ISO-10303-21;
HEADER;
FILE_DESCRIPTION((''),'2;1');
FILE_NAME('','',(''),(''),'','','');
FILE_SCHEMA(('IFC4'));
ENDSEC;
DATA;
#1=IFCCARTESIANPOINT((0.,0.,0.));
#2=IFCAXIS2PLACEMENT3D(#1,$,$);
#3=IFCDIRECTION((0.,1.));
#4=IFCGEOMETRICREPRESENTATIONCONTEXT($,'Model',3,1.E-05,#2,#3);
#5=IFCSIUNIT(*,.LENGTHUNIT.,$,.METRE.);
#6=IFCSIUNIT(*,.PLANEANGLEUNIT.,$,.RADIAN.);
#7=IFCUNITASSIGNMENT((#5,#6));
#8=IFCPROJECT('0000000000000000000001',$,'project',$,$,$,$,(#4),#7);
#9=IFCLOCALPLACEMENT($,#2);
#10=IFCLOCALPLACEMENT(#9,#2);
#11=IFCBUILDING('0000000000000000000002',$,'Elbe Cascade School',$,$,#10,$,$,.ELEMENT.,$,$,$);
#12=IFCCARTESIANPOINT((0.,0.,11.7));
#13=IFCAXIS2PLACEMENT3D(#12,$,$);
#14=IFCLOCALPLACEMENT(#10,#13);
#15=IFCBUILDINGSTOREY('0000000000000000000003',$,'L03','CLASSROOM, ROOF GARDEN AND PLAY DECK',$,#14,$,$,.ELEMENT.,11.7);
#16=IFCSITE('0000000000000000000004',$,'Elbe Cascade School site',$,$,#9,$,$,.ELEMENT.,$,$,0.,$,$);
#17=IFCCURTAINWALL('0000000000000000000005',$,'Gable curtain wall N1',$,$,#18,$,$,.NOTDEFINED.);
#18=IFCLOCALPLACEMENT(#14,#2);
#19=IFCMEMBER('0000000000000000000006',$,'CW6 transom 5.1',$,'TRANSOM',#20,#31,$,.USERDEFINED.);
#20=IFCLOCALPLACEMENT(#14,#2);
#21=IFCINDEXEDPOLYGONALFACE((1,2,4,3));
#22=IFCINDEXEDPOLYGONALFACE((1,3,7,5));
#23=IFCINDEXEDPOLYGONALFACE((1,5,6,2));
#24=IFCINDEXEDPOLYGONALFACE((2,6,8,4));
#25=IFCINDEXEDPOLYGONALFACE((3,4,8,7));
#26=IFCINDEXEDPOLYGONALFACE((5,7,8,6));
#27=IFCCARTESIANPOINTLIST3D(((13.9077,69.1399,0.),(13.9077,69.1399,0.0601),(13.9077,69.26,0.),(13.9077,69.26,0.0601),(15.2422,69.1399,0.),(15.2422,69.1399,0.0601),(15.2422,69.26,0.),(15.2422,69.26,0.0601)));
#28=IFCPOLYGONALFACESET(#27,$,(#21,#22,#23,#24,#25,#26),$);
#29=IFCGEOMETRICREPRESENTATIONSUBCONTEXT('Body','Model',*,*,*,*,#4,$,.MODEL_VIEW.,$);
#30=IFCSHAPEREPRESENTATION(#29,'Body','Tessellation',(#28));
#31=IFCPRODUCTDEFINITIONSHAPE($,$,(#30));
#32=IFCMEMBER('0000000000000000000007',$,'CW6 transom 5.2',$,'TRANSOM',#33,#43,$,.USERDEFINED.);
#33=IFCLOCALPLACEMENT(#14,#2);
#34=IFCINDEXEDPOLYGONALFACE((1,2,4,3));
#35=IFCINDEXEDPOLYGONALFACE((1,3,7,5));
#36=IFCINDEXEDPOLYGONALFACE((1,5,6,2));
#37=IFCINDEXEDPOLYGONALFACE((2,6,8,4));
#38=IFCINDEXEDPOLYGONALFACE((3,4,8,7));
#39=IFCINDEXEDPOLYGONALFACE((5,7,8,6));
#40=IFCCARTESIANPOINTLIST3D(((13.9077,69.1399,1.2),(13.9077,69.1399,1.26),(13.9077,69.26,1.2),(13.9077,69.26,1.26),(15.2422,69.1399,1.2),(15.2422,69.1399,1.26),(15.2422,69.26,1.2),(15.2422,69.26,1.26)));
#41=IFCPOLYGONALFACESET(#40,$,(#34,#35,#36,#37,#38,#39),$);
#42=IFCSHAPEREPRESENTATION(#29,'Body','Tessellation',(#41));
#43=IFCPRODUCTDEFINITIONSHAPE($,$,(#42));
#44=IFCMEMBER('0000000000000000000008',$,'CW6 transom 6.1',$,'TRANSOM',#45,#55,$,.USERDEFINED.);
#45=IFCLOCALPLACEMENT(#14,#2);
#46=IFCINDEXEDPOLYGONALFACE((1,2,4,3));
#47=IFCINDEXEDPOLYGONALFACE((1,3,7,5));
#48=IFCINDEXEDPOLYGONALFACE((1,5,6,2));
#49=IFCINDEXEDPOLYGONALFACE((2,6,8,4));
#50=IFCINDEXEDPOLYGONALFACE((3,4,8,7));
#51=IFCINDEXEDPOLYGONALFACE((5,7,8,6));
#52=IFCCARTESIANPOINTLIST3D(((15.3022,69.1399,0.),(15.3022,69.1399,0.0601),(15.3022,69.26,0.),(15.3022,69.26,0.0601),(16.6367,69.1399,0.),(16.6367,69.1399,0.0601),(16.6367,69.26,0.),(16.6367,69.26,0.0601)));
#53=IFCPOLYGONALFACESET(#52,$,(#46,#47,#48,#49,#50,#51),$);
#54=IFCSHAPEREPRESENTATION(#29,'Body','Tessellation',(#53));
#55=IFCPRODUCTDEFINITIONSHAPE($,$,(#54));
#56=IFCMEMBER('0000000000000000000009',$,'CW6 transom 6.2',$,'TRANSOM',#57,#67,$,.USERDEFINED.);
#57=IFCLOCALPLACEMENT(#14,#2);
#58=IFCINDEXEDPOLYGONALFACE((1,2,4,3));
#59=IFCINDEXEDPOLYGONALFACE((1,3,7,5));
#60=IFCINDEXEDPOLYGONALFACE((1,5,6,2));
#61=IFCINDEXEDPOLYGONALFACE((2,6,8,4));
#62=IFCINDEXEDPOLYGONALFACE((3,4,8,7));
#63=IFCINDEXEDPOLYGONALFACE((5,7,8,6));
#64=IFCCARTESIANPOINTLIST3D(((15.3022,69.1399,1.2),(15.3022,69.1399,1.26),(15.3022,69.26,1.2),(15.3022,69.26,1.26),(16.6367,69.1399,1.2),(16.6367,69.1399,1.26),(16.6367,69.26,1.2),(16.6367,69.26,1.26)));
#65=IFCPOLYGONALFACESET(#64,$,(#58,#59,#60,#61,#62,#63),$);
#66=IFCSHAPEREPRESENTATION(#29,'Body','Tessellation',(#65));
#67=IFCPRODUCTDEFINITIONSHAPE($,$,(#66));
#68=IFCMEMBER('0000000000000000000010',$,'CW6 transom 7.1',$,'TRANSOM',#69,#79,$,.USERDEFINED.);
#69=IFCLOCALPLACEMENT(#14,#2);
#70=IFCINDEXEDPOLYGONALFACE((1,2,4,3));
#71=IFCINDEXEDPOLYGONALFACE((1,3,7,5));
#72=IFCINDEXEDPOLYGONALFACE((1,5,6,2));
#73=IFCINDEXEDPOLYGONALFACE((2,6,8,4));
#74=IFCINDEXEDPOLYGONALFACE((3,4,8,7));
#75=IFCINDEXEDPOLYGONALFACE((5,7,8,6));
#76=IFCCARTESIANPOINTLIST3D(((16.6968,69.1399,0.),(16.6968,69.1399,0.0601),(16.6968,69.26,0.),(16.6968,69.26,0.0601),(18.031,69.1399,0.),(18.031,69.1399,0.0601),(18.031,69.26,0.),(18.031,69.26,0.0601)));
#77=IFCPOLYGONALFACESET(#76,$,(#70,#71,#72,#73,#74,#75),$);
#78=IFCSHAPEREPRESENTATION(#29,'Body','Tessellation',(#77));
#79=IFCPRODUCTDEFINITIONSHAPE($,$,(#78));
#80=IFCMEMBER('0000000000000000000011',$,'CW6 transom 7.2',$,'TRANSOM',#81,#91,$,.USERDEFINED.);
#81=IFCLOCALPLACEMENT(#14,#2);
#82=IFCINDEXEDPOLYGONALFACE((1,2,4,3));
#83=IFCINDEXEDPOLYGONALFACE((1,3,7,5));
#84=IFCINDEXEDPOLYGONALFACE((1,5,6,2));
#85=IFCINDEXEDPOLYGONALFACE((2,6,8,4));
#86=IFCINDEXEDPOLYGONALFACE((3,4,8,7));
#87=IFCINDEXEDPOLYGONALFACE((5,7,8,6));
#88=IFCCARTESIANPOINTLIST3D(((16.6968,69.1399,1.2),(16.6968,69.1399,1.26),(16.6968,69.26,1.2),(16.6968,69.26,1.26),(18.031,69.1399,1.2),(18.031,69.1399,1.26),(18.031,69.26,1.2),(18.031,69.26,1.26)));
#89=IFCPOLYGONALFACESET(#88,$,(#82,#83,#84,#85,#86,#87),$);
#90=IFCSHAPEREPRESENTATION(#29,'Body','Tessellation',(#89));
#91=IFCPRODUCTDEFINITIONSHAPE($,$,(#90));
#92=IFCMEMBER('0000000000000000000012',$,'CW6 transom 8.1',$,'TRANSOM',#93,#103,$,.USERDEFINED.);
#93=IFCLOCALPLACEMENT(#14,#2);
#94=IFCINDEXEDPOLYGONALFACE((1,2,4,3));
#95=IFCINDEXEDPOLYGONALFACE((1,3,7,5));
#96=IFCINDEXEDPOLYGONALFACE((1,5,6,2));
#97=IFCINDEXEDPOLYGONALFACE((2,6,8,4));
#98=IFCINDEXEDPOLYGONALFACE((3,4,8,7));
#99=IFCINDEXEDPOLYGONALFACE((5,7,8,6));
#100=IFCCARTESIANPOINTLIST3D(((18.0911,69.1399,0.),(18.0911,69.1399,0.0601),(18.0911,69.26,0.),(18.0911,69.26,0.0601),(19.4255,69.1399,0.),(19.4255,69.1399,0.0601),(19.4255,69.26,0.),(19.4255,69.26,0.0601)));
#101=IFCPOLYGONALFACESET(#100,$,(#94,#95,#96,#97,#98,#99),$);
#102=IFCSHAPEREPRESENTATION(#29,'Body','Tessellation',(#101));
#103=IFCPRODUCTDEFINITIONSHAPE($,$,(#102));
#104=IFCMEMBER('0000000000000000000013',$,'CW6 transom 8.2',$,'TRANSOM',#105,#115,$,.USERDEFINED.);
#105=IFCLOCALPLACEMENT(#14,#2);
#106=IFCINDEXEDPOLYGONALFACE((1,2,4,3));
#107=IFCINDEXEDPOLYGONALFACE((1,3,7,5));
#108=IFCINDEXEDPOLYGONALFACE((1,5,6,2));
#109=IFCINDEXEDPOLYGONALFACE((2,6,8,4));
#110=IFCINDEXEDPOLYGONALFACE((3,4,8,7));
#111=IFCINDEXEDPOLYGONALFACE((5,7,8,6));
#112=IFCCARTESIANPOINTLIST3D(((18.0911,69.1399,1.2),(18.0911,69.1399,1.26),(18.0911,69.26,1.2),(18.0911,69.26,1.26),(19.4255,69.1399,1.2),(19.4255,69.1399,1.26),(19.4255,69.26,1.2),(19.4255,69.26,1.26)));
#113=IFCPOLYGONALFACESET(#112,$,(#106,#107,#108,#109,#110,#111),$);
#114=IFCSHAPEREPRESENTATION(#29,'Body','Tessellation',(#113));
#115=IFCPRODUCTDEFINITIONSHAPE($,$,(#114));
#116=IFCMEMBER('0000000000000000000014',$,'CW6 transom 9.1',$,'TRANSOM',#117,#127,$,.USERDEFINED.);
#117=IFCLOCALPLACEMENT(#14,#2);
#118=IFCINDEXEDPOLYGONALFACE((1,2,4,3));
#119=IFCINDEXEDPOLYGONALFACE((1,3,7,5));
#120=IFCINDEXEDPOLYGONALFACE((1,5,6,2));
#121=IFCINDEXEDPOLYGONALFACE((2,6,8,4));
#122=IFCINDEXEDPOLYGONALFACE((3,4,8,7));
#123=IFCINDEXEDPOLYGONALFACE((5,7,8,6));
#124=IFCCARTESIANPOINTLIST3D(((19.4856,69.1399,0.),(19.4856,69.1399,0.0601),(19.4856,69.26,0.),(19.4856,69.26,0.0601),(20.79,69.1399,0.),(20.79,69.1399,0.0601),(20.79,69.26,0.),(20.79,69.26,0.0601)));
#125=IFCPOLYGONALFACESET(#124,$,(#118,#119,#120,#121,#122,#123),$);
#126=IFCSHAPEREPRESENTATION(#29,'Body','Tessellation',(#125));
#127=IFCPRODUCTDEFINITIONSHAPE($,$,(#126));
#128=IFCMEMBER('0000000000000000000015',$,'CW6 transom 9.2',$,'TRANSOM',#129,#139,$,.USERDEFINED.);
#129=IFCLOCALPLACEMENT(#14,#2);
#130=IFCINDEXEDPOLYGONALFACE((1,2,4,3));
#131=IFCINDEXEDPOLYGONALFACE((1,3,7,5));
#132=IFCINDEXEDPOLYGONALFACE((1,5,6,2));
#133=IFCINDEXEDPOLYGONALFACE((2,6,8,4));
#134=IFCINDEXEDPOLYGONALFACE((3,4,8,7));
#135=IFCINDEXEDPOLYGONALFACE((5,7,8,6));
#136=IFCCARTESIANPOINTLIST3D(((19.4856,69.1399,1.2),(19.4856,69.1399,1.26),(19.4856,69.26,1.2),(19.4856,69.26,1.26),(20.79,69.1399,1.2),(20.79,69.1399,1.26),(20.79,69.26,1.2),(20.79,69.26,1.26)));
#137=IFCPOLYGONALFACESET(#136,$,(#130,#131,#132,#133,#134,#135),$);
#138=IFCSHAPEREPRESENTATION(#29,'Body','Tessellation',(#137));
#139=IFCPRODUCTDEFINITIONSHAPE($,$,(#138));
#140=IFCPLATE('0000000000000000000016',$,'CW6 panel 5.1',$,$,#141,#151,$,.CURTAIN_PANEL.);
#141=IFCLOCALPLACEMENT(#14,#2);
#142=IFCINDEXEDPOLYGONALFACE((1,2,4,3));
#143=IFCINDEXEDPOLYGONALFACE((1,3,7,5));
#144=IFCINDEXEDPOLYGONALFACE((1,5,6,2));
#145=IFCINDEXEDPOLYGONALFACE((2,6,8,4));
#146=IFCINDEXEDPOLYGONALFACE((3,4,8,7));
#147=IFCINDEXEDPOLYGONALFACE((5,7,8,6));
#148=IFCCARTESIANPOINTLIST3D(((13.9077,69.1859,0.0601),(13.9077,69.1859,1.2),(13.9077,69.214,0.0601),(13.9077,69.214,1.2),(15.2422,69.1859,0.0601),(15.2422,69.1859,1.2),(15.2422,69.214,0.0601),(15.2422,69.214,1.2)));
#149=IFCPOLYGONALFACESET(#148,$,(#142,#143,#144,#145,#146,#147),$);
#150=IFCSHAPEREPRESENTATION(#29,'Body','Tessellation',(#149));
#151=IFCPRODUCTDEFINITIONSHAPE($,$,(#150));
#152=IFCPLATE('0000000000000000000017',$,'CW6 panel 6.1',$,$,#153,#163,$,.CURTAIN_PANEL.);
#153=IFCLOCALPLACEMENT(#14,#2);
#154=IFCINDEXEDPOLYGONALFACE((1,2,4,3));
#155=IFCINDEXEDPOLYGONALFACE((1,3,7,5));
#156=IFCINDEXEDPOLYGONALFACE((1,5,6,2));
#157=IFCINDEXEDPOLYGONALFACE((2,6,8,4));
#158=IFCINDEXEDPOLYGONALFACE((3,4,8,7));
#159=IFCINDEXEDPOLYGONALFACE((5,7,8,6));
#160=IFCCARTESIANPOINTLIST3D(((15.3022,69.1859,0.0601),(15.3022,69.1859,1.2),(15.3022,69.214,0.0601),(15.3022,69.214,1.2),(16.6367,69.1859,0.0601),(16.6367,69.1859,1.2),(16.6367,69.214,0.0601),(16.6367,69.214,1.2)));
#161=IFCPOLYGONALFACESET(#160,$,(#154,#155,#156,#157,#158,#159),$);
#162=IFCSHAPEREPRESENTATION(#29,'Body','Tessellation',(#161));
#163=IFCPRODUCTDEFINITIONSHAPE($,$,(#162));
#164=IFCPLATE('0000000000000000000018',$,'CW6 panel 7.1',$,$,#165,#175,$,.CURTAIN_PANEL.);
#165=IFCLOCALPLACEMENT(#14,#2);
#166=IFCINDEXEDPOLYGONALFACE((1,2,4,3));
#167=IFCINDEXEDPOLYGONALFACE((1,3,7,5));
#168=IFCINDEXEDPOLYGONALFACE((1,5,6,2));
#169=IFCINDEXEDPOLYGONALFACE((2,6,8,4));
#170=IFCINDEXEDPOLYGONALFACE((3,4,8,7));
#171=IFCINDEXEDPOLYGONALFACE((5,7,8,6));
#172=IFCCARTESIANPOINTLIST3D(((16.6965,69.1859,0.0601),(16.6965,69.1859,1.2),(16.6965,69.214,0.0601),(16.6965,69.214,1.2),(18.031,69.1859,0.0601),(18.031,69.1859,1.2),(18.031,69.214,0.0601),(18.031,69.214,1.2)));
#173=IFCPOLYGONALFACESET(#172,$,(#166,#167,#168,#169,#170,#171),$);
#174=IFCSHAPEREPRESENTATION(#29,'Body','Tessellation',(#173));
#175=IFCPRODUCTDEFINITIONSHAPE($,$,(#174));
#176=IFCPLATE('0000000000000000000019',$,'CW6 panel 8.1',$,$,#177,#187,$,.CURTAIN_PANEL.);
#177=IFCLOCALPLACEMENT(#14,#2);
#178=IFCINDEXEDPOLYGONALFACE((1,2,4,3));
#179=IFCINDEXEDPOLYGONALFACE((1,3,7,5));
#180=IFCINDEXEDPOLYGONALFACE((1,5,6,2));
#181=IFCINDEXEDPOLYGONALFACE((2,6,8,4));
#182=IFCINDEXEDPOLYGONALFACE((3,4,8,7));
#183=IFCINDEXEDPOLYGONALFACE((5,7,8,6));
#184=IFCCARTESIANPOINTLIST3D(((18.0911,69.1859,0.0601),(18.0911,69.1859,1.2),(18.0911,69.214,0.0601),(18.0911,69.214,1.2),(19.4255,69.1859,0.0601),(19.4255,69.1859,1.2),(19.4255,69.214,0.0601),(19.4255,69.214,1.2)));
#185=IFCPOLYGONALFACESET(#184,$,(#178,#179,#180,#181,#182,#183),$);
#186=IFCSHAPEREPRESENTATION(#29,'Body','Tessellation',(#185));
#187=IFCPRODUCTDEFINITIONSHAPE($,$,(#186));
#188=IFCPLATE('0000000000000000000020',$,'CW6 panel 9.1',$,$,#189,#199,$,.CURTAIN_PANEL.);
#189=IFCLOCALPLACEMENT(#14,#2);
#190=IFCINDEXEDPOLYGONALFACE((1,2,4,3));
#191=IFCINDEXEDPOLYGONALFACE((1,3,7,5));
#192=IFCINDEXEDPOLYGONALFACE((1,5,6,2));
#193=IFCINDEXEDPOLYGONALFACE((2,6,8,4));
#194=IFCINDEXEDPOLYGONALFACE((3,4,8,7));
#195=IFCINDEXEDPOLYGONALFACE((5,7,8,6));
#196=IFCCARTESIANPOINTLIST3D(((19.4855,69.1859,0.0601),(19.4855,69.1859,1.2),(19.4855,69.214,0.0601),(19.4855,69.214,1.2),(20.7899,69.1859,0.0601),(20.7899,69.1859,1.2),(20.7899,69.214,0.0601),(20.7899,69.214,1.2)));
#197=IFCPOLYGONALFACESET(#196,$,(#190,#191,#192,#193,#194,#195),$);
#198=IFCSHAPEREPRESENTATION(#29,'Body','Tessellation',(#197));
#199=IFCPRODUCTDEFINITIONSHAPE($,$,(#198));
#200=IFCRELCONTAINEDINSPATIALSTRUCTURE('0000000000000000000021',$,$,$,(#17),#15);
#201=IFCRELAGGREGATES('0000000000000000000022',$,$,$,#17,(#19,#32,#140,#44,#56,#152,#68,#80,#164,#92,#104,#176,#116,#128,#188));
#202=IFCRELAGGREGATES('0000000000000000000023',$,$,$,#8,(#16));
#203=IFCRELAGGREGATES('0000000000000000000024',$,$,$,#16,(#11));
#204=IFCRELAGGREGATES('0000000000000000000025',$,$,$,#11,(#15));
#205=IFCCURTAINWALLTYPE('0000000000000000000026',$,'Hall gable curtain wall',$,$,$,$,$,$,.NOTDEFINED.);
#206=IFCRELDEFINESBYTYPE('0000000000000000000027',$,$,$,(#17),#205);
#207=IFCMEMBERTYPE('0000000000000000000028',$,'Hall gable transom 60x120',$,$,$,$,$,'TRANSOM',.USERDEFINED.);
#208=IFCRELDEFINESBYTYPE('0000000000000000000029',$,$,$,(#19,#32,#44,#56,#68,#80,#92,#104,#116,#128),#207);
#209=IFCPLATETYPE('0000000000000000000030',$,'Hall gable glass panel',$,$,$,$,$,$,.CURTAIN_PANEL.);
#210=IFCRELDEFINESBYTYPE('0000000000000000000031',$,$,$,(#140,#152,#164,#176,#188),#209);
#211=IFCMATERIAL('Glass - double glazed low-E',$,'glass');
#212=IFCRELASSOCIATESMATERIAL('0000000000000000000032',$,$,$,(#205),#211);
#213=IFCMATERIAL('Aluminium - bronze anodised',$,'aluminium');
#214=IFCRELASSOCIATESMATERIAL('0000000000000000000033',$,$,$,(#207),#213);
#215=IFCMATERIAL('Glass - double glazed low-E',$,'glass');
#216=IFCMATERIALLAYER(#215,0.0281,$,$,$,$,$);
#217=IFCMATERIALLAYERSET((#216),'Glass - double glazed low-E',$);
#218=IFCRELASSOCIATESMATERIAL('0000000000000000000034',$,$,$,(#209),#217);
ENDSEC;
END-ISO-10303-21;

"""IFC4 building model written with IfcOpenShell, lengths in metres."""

from ifc_helpers import new_model, si_unit, direction, frame, origin, origin_2d, place, context, subcontext, project, spatial, rectangle, extrude, material, layer, layer_set, material_profile, profile_set, type_object, element, aggregate, save


model = new_model("IFC4")

# Units and contexts
model_context = context("Model", 3, precision=1e-05, world=origin(), true_north=direction((0.0, 1.0)))
body_context = subcontext(model_context, "Body", "Model", "MODEL_VIEW")
ifc_project = project(units=[si_unit("LENGTHUNIT", "METRE"), si_unit("PLANEANGLEUNIT", "RADIAN")], contexts=[model_context])

# Site, building, storey
site_placement = place(None, origin())
site = spatial("IfcSite", under=ifc_project, at=site_placement, Name="Elbe Cascade School site", CompositionType="ELEMENT", RefElevation=0.0)
building_placement = place(site_placement, origin())
building = spatial("IfcBuilding", under=site, at=building_placement, Name="Elbe Cascade School", CompositionType="ELEMENT")
storey_placement = place(building_placement, frame((0.0, 0.0, 11.7)))
storey = spatial("IfcBuildingStorey", under=building, at=storey_placement, Name="L03", Description="CLASSROOM, ROOF GARDEN AND PLAY DECK", CompositionType="ELEMENT", Elevation=11.7)

# Curtain wall
ifc_material_1 = material(Name="Glass - double glazed low-E", Category="glass")
curtain_wall_type = type_object("IfcCurtainWallType", Name="Hall gable curtain wall", PredefinedType="NOTDEFINED", material=ifc_material_1)
curtain_wall_1_placement = place(storey_placement, origin())
curtain_wall_1 = element("IfcCurtainWall", 1, at=curtain_wall_1_placement, inside=storey, type_object=curtain_wall_type, Name="Gable curtain wall N1", PredefinedType="NOTDEFINED")

# Members
ifc_material_2 = material(Name="Aluminium - bronze anodised", Category="aluminium")
ifc_material_profile_1 = material_profile(ifc_material_2, rectangle(XDim=0.1201, YDim=0.0601, at=origin_2d()), Name="Alu 60x120")
ifc_profile_set_1 = profile_set([ifc_material_profile_1], Name="Aluminium - bronze anodised")
member_type_1 = type_object("IfcMemberType", Name="Hall gable transom 60x120", ElementType="TRANSOM", PredefinedType="USERDEFINED", material=ifc_profile_set_1)
member_1_placement = place(storey_placement, frame((13.9077, 69.2, 0.03), z_axis=(1.0, 0.0, 0.0), x_axis=(0.0, 1.0, 0.0)))
member_1 = element("IfcMember", 2, at=member_1_placement, type_object=member_type_1, Name="CW6 transom 5.1", ObjectType="TRANSOM", PredefinedType="USERDEFINED", context=body_context, shape_type="SweptSolid", body=[
    extrude(rectangle(XDim=0.1201, YDim=0.0601, at=origin_2d()), origin(), (0.0, 0.0, 1.0), 1.3345),
])
member_2_placement = place(storey_placement, frame((13.9077, 69.2, 1.23), z_axis=(1.0, 0.0, 0.0), x_axis=(0.0, 1.0, 0.0)))
member_2 = element("IfcMember", 3, at=member_2_placement, type_object=member_type_1, Name="CW6 transom 5.2", ObjectType="TRANSOM", PredefinedType="USERDEFINED", context=body_context, shape_type="SweptSolid", body=[
    extrude(rectangle(XDim=0.1201, YDim=0.0601, at=origin_2d()), origin(), (0.0, 0.0, 1.0), 1.3345),
])
member_3_placement = place(storey_placement, frame((15.3022, 69.2, 0.03), z_axis=(1.0, 0.0, 0.0), x_axis=(0.0, 1.0, 0.0)))
member_3 = element("IfcMember", 4, at=member_3_placement, type_object=member_type_1, Name="CW6 transom 6.1", ObjectType="TRANSOM", PredefinedType="USERDEFINED", context=body_context, shape_type="SweptSolid", body=[
    extrude(rectangle(XDim=0.1201, YDim=0.0601, at=origin_2d()), origin(), (0.0, 0.0, 1.0), 1.3345),
])
member_4_placement = place(storey_placement, frame((15.3022, 69.2, 1.23), z_axis=(1.0, 0.0, 0.0), x_axis=(0.0, 1.0, 0.0)))
member_4 = element("IfcMember", 5, at=member_4_placement, type_object=member_type_1, Name="CW6 transom 6.2", ObjectType="TRANSOM", PredefinedType="USERDEFINED", context=body_context, shape_type="SweptSolid", body=[
    extrude(rectangle(XDim=0.1201, YDim=0.0601, at=origin_2d()), origin(), (0.0, 0.0, 1.0), 1.3345),
])
member_5_placement = place(storey_placement, frame((16.6968, 69.2, 0.03), z_axis=(1.0, 0.0, 0.0), x_axis=(0.0, 1.0, 0.0)))
member_5 = element("IfcMember", 6, at=member_5_placement, type_object=member_type_1, Name="CW6 transom 7.1", ObjectType="TRANSOM", PredefinedType="USERDEFINED", context=body_context, shape_type="SweptSolid", body=[
    extrude(rectangle(XDim=0.1201, YDim=0.0601, at=origin_2d()), origin(), (0.0, 0.0, 1.0), 1.3342),
])
member_6_placement = place(storey_placement, frame((16.6968, 69.2, 1.23), z_axis=(1.0, 0.0, 0.0), x_axis=(0.0, 1.0, 0.0)))
member_6 = element("IfcMember", 7, at=member_6_placement, type_object=member_type_1, Name="CW6 transom 7.2", ObjectType="TRANSOM", PredefinedType="USERDEFINED", context=body_context, shape_type="SweptSolid", body=[
    extrude(rectangle(XDim=0.1201, YDim=0.0601, at=origin_2d()), origin(), (0.0, 0.0, 1.0), 1.3342),
])
member_7_placement = place(storey_placement, frame((18.0911, 69.2, 0.03), z_axis=(1.0, 0.0, 0.0), x_axis=(0.0, 1.0, 0.0)))
member_7 = element("IfcMember", 8, at=member_7_placement, type_object=member_type_1, Name="CW6 transom 8.1", ObjectType="TRANSOM", PredefinedType="USERDEFINED", context=body_context, shape_type="SweptSolid", body=[
    extrude(rectangle(XDim=0.1201, YDim=0.0601, at=origin_2d()), origin(), (0.0, 0.0, 1.0), 1.3345),
])
member_8_placement = place(storey_placement, frame((18.0911, 69.2, 1.23), z_axis=(1.0, 0.0, 0.0), x_axis=(0.0, 1.0, 0.0)))
member_8 = element("IfcMember", 9, at=member_8_placement, type_object=member_type_1, Name="CW6 transom 8.2", ObjectType="TRANSOM", PredefinedType="USERDEFINED", context=body_context, shape_type="SweptSolid", body=[
    extrude(rectangle(XDim=0.1201, YDim=0.0601, at=origin_2d()), origin(), (0.0, 0.0, 1.0), 1.3345),
])
member_9_placement = place(storey_placement, frame((19.4856, 69.2, 0.03), z_axis=(1.0, 0.0, 0.0), x_axis=(0.0, 1.0, 0.0)))
member_9 = element("IfcMember", 10, at=member_9_placement, type_object=member_type_1, Name="CW6 transom 9.1", ObjectType="TRANSOM", PredefinedType="USERDEFINED", context=body_context, shape_type="SweptSolid", body=[
    extrude(rectangle(XDim=0.1201, YDim=0.0601, at=origin_2d()), origin(), (0.0, 0.0, 1.0), 1.3044),
])
member_10_placement = place(storey_placement, frame((19.4856, 69.2, 1.23), z_axis=(1.0, 0.0, 0.0), x_axis=(0.0, 1.0, 0.0)))
member_10 = element("IfcMember", 11, at=member_10_placement, type_object=member_type_1, Name="CW6 transom 9.2", ObjectType="TRANSOM", PredefinedType="USERDEFINED", context=body_context, shape_type="SweptSolid", body=[
    extrude(rectangle(XDim=0.1201, YDim=0.0601, at=origin_2d()), origin(), (0.0, 0.0, 1.0), 1.3044),
])

# Plates
ifc_material_3 = material(Name="Glass - double glazed low-E", Category="glass")
ifc_layer_1 = layer(ifc_material_3, 0.0281)
ifc_layer_set_1 = layer_set([ifc_layer_1], Name="Glass - double glazed low-E")
plate_type_1 = type_object("IfcPlateType", Name="Hall gable glass panel", PredefinedType="CURTAIN_PANEL", material=ifc_layer_set_1)
plate_1_placement = place(storey_placement, frame((14.575, 69.2, 0.0601), z_axis=(0.0, 0.0, 1.0), x_axis=(1.0, 0.0, 0.0)))
plate_1 = element("IfcPlate", 12, at=plate_1_placement, type_object=plate_type_1, Name="CW6 panel 5.1", PredefinedType="CURTAIN_PANEL", context=body_context, shape_type="SweptSolid", body=[
    extrude(rectangle(XDim=1.3345, YDim=0.0281, at=origin_2d()), origin(), (0.0, 0.0, 1.0), 1.1399),
])
plate_2_placement = place(storey_placement, frame((15.9695, 69.2, 0.0601), z_axis=(0.0, 0.0, 1.0), x_axis=(1.0, 0.0, 0.0)))
plate_2 = element("IfcPlate", 13, at=plate_2_placement, type_object=plate_type_1, Name="CW6 panel 6.1", PredefinedType="CURTAIN_PANEL", context=body_context, shape_type="SweptSolid", body=[
    extrude(rectangle(XDim=1.3345, YDim=0.0281, at=origin_2d()), origin(), (0.0, 0.0, 1.0), 1.1399),
])
plate_3_placement = place(storey_placement, frame((17.3638, 69.2, 0.0601), z_axis=(0.0, 0.0, 1.0), x_axis=(1.0, 0.0, 0.0)))
plate_3 = element("IfcPlate", 14, at=plate_3_placement, type_object=plate_type_1, Name="CW6 panel 7.1", PredefinedType="CURTAIN_PANEL", context=body_context, shape_type="SweptSolid", body=[
    extrude(rectangle(XDim=1.3345, YDim=0.0281, at=origin_2d()), origin(), (0.0, 0.0, 1.0), 1.1399),
])
plate_4_placement = place(storey_placement, frame((18.7583, 69.2, 0.0601), z_axis=(0.0, 0.0, 1.0), x_axis=(1.0, 0.0, 0.0)))
plate_4 = element("IfcPlate", 15, at=plate_4_placement, type_object=plate_type_1, Name="CW6 panel 8.1", PredefinedType="CURTAIN_PANEL", context=body_context, shape_type="SweptSolid", body=[
    extrude(rectangle(XDim=1.3345, YDim=0.0281, at=origin_2d()), origin(), (0.0, 0.0, 1.0), 1.1399),
])
plate_5_placement = place(storey_placement, frame((20.1377, 69.2, 0.0601), z_axis=(0.0, 0.0, 1.0), x_axis=(1.0, 0.0, 0.0)))
plate_5 = element("IfcPlate", 16, at=plate_5_placement, type_object=plate_type_1, Name="CW6 panel 9.1", PredefinedType="CURTAIN_PANEL", context=body_context, shape_type="SweptSolid", body=[
    extrude(rectangle(XDim=1.3044, YDim=0.0281, at=origin_2d()), origin(), (0.0, 0.0, 1.0), 1.1399),
])
aggregate(curtain_wall_1, [member_1, member_2, plate_1, member_3, member_4, plate_2, member_5, member_6, plate_3, member_7, member_8, plate_4, member_9, member_10, plate_5])

save(model, "model.ifc")
